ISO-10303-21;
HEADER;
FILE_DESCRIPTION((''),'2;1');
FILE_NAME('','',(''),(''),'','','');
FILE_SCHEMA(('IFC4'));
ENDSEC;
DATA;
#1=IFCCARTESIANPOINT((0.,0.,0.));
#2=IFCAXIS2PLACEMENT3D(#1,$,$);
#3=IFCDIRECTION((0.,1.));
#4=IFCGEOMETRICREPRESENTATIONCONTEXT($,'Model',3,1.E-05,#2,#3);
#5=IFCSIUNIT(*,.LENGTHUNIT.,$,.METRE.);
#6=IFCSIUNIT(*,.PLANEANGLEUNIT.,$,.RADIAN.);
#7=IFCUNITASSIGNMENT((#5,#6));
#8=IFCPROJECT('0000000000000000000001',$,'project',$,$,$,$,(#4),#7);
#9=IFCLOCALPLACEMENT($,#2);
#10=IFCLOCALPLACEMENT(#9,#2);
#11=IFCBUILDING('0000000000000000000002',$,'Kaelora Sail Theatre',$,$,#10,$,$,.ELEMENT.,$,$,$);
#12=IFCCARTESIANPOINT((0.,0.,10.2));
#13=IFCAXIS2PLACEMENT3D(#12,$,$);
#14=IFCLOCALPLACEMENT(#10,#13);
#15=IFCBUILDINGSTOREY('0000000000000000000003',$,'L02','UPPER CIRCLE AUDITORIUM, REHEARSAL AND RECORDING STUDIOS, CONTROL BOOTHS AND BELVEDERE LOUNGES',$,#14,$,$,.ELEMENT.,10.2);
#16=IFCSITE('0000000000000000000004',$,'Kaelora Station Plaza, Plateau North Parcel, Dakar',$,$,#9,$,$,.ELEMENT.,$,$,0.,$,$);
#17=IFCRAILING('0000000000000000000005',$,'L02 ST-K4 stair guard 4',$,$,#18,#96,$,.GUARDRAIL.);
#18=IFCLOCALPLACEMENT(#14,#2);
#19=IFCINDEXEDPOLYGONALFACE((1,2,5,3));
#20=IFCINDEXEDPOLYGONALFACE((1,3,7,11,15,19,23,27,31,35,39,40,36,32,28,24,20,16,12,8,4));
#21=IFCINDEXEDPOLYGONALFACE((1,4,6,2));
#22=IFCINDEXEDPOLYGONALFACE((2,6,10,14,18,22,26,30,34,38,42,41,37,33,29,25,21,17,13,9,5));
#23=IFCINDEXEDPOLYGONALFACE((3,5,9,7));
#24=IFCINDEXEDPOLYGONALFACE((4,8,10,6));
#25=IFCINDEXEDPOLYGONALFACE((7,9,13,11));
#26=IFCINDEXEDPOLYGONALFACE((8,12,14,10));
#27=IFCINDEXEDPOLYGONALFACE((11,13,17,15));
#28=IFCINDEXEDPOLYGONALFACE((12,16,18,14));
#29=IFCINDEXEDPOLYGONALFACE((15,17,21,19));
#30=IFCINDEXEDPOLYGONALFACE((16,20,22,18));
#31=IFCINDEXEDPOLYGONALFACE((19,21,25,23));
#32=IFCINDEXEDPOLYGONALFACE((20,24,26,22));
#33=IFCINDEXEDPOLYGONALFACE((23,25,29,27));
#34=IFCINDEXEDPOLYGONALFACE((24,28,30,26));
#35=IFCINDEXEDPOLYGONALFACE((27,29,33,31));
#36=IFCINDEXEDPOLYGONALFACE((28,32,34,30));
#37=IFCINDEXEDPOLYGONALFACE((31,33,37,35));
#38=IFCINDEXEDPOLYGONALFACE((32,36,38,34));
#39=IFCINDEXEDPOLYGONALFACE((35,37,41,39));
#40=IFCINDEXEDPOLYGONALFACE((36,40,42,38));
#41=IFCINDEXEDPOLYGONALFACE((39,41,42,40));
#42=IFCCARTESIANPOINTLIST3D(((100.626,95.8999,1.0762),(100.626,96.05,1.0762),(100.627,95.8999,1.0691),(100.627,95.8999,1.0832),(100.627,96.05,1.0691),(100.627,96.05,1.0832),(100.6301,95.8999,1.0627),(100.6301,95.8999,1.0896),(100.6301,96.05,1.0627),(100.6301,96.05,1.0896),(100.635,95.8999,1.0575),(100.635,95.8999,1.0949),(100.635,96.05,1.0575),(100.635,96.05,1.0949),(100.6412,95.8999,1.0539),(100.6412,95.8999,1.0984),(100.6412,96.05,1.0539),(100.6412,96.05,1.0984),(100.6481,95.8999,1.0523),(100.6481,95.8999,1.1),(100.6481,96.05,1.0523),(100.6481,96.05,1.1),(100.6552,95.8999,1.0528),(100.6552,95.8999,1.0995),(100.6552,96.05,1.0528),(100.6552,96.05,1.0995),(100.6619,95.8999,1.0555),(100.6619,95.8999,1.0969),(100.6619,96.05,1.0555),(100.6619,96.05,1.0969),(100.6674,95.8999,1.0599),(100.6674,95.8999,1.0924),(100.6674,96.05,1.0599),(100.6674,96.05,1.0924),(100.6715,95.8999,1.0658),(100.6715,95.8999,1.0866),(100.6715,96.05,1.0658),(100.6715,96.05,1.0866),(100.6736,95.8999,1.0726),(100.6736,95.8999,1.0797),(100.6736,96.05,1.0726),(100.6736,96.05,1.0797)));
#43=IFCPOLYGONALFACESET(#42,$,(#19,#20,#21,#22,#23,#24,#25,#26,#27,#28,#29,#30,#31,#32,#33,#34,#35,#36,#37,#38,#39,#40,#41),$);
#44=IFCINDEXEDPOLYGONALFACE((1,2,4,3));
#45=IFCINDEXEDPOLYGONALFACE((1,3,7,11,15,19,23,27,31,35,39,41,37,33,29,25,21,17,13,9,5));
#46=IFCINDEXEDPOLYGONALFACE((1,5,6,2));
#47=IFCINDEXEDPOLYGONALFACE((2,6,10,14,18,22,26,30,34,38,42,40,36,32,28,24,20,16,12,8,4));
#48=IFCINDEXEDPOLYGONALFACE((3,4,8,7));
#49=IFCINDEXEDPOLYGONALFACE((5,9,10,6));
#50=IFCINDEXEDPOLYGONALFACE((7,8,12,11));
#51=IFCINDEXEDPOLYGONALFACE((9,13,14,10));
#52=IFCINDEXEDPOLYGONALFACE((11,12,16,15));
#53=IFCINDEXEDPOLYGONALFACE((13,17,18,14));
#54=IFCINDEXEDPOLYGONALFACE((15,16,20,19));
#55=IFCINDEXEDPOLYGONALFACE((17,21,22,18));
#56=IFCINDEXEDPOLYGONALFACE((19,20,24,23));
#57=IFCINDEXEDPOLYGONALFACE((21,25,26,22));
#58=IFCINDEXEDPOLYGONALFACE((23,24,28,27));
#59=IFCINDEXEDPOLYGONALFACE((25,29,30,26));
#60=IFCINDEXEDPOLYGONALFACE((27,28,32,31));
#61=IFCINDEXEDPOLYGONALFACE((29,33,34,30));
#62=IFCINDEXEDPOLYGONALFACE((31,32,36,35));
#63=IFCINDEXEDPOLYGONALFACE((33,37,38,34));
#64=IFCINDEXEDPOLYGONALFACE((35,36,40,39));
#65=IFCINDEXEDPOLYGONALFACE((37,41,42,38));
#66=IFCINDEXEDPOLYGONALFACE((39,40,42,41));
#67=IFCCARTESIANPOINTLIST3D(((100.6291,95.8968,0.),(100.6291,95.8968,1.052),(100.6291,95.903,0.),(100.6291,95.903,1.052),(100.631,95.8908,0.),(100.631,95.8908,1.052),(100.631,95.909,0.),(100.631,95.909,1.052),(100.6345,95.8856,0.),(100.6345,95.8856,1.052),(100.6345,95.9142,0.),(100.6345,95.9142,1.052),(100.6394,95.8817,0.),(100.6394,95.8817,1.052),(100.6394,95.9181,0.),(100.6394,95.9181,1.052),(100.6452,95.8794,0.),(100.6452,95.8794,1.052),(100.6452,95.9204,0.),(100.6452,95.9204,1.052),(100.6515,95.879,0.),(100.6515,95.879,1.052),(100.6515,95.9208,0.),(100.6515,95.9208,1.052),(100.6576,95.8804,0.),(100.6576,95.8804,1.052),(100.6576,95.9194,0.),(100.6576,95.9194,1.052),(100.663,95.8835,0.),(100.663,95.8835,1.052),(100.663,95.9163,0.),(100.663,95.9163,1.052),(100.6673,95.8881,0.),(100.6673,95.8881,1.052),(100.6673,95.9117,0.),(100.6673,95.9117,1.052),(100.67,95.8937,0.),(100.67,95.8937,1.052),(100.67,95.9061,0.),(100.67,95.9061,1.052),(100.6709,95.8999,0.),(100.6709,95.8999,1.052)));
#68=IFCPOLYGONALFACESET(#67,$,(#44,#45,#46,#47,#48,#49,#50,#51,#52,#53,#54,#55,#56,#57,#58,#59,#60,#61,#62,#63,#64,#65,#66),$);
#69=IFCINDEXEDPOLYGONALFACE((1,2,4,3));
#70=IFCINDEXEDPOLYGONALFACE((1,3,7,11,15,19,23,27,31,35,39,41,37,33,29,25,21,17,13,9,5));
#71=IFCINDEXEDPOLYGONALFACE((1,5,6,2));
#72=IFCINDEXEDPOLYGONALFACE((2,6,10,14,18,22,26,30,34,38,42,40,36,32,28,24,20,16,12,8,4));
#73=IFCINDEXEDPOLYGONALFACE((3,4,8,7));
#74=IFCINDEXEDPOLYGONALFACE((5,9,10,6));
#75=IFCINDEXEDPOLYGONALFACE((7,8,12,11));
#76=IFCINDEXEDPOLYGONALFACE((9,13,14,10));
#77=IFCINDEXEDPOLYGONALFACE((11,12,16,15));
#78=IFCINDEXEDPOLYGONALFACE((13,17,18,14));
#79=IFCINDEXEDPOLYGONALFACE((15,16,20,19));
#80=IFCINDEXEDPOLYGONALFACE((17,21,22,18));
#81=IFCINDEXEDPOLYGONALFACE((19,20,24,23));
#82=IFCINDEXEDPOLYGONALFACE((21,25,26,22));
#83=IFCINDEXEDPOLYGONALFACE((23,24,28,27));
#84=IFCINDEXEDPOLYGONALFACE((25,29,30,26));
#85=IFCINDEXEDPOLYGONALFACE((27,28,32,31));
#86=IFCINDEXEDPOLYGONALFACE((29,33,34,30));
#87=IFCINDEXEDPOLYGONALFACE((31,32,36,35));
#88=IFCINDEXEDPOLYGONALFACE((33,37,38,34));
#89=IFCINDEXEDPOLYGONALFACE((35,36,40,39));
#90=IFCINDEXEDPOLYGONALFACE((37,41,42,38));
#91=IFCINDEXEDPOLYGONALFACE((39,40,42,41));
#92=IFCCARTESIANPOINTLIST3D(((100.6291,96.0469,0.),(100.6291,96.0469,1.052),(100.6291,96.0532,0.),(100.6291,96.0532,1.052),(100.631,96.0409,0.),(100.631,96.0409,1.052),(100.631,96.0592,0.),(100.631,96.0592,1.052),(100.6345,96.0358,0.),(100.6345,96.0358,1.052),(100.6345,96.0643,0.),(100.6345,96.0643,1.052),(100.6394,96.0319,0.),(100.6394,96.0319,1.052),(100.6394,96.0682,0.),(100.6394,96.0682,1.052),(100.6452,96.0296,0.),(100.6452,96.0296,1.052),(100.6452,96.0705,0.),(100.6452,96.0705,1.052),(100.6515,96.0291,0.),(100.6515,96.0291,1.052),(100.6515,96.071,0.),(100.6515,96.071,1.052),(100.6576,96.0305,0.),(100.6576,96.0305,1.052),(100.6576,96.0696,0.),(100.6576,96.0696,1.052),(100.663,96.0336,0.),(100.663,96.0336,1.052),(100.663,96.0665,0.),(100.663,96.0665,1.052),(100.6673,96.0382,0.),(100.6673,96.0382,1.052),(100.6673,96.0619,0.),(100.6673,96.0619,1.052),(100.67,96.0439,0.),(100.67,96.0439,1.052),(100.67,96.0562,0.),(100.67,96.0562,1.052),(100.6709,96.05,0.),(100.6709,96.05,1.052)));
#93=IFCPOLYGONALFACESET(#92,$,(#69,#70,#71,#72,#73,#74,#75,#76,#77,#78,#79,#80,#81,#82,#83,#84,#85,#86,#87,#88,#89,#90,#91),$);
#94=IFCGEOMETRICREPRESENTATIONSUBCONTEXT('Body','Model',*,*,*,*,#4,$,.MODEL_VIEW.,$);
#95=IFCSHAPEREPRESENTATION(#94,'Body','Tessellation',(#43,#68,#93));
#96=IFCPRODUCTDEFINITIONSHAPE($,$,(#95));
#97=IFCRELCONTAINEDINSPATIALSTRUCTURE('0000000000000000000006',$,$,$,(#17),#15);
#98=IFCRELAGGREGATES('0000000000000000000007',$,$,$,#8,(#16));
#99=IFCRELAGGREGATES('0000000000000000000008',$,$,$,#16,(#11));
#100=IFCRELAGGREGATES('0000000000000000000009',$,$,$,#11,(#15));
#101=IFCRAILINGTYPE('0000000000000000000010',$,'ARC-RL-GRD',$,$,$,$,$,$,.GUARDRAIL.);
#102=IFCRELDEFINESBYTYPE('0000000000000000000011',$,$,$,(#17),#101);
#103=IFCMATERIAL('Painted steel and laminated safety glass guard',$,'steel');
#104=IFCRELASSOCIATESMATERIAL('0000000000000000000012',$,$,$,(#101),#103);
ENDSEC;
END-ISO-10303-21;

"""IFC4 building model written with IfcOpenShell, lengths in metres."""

from ifc_helpers import new_model, si_unit, direction, frame, origin, origin_2d, place, context, subcontext, project, spatial, circle, extrude, material, type_object, element, save


model = new_model("IFC4")

# Units and contexts
model_context = context("Model", 3, precision=1e-05, world=origin(), true_north=direction((0.0, 1.0)))
body_context = subcontext(model_context, "Body", "Model", "MODEL_VIEW")
ifc_project = project(units=[si_unit("LENGTHUNIT", "METRE"), si_unit("PLANEANGLEUNIT", "RADIAN")], contexts=[model_context])

# Site, building, storey
site_placement = place(None, origin())
site = spatial("IfcSite", under=ifc_project, at=site_placement, Name="Kaelora Station Plaza, Plateau North Parcel, Dakar", CompositionType="ELEMENT", RefElevation=0.0)
building_placement = place(site_placement, origin())
building = spatial("IfcBuilding", under=site, at=building_placement, Name="Kaelora Sail Theatre", CompositionType="ELEMENT")
storey_placement = place(building_placement, frame((0.0, 0.0, 10.2)))
storey = spatial("IfcBuildingStorey", under=building, at=storey_placement, Name="L02", Description="UPPER CIRCLE AUDITORIUM, REHEARSAL AND RECORDING STUDIOS, CONTROL BOOTHS AND BELVEDERE LOUNGES", CompositionType="ELEMENT", Elevation=10.2)

# Railing
ifc_material_1 = material(Name="Painted steel and laminated safety glass guard", Category="steel")
railing_type_1 = type_object("IfcRailingType", Name="ARC-RL-GRD", PredefinedType="GUARDRAIL", material=ifc_material_1)
railing_1_placement = place(storey_placement, frame((100.6499, 95.8999, 0.0)))
element("IfcRailing", 1, at=railing_1_placement, inside=storey, type_object=railing_type_1, Name="L02 ST-K4 stair guard 4", PredefinedType="GUARDRAIL", context=body_context, shape_type="SweptSolid", body=[
    extrude(circle(Radius=0.0239, at=origin_2d()), frame((0.0, 0.0, 1.0762), z_axis=(0.0, 1.0, 0.0), x_axis=(-1.0, 0.0, 0.0)), (0.0, 0.0, 1.0), 0.1501),
    extrude(circle(Radius=0.021, at=origin_2d()), origin(), (0.0, 0.0, 1.0), 1.052),
    extrude(circle(Radius=0.021, at=origin_2d()), frame((0.0, 0.1501, 0.0)), (0.0, 0.0, 1.0), 1.052),
])

save(model, "model.ifc")
